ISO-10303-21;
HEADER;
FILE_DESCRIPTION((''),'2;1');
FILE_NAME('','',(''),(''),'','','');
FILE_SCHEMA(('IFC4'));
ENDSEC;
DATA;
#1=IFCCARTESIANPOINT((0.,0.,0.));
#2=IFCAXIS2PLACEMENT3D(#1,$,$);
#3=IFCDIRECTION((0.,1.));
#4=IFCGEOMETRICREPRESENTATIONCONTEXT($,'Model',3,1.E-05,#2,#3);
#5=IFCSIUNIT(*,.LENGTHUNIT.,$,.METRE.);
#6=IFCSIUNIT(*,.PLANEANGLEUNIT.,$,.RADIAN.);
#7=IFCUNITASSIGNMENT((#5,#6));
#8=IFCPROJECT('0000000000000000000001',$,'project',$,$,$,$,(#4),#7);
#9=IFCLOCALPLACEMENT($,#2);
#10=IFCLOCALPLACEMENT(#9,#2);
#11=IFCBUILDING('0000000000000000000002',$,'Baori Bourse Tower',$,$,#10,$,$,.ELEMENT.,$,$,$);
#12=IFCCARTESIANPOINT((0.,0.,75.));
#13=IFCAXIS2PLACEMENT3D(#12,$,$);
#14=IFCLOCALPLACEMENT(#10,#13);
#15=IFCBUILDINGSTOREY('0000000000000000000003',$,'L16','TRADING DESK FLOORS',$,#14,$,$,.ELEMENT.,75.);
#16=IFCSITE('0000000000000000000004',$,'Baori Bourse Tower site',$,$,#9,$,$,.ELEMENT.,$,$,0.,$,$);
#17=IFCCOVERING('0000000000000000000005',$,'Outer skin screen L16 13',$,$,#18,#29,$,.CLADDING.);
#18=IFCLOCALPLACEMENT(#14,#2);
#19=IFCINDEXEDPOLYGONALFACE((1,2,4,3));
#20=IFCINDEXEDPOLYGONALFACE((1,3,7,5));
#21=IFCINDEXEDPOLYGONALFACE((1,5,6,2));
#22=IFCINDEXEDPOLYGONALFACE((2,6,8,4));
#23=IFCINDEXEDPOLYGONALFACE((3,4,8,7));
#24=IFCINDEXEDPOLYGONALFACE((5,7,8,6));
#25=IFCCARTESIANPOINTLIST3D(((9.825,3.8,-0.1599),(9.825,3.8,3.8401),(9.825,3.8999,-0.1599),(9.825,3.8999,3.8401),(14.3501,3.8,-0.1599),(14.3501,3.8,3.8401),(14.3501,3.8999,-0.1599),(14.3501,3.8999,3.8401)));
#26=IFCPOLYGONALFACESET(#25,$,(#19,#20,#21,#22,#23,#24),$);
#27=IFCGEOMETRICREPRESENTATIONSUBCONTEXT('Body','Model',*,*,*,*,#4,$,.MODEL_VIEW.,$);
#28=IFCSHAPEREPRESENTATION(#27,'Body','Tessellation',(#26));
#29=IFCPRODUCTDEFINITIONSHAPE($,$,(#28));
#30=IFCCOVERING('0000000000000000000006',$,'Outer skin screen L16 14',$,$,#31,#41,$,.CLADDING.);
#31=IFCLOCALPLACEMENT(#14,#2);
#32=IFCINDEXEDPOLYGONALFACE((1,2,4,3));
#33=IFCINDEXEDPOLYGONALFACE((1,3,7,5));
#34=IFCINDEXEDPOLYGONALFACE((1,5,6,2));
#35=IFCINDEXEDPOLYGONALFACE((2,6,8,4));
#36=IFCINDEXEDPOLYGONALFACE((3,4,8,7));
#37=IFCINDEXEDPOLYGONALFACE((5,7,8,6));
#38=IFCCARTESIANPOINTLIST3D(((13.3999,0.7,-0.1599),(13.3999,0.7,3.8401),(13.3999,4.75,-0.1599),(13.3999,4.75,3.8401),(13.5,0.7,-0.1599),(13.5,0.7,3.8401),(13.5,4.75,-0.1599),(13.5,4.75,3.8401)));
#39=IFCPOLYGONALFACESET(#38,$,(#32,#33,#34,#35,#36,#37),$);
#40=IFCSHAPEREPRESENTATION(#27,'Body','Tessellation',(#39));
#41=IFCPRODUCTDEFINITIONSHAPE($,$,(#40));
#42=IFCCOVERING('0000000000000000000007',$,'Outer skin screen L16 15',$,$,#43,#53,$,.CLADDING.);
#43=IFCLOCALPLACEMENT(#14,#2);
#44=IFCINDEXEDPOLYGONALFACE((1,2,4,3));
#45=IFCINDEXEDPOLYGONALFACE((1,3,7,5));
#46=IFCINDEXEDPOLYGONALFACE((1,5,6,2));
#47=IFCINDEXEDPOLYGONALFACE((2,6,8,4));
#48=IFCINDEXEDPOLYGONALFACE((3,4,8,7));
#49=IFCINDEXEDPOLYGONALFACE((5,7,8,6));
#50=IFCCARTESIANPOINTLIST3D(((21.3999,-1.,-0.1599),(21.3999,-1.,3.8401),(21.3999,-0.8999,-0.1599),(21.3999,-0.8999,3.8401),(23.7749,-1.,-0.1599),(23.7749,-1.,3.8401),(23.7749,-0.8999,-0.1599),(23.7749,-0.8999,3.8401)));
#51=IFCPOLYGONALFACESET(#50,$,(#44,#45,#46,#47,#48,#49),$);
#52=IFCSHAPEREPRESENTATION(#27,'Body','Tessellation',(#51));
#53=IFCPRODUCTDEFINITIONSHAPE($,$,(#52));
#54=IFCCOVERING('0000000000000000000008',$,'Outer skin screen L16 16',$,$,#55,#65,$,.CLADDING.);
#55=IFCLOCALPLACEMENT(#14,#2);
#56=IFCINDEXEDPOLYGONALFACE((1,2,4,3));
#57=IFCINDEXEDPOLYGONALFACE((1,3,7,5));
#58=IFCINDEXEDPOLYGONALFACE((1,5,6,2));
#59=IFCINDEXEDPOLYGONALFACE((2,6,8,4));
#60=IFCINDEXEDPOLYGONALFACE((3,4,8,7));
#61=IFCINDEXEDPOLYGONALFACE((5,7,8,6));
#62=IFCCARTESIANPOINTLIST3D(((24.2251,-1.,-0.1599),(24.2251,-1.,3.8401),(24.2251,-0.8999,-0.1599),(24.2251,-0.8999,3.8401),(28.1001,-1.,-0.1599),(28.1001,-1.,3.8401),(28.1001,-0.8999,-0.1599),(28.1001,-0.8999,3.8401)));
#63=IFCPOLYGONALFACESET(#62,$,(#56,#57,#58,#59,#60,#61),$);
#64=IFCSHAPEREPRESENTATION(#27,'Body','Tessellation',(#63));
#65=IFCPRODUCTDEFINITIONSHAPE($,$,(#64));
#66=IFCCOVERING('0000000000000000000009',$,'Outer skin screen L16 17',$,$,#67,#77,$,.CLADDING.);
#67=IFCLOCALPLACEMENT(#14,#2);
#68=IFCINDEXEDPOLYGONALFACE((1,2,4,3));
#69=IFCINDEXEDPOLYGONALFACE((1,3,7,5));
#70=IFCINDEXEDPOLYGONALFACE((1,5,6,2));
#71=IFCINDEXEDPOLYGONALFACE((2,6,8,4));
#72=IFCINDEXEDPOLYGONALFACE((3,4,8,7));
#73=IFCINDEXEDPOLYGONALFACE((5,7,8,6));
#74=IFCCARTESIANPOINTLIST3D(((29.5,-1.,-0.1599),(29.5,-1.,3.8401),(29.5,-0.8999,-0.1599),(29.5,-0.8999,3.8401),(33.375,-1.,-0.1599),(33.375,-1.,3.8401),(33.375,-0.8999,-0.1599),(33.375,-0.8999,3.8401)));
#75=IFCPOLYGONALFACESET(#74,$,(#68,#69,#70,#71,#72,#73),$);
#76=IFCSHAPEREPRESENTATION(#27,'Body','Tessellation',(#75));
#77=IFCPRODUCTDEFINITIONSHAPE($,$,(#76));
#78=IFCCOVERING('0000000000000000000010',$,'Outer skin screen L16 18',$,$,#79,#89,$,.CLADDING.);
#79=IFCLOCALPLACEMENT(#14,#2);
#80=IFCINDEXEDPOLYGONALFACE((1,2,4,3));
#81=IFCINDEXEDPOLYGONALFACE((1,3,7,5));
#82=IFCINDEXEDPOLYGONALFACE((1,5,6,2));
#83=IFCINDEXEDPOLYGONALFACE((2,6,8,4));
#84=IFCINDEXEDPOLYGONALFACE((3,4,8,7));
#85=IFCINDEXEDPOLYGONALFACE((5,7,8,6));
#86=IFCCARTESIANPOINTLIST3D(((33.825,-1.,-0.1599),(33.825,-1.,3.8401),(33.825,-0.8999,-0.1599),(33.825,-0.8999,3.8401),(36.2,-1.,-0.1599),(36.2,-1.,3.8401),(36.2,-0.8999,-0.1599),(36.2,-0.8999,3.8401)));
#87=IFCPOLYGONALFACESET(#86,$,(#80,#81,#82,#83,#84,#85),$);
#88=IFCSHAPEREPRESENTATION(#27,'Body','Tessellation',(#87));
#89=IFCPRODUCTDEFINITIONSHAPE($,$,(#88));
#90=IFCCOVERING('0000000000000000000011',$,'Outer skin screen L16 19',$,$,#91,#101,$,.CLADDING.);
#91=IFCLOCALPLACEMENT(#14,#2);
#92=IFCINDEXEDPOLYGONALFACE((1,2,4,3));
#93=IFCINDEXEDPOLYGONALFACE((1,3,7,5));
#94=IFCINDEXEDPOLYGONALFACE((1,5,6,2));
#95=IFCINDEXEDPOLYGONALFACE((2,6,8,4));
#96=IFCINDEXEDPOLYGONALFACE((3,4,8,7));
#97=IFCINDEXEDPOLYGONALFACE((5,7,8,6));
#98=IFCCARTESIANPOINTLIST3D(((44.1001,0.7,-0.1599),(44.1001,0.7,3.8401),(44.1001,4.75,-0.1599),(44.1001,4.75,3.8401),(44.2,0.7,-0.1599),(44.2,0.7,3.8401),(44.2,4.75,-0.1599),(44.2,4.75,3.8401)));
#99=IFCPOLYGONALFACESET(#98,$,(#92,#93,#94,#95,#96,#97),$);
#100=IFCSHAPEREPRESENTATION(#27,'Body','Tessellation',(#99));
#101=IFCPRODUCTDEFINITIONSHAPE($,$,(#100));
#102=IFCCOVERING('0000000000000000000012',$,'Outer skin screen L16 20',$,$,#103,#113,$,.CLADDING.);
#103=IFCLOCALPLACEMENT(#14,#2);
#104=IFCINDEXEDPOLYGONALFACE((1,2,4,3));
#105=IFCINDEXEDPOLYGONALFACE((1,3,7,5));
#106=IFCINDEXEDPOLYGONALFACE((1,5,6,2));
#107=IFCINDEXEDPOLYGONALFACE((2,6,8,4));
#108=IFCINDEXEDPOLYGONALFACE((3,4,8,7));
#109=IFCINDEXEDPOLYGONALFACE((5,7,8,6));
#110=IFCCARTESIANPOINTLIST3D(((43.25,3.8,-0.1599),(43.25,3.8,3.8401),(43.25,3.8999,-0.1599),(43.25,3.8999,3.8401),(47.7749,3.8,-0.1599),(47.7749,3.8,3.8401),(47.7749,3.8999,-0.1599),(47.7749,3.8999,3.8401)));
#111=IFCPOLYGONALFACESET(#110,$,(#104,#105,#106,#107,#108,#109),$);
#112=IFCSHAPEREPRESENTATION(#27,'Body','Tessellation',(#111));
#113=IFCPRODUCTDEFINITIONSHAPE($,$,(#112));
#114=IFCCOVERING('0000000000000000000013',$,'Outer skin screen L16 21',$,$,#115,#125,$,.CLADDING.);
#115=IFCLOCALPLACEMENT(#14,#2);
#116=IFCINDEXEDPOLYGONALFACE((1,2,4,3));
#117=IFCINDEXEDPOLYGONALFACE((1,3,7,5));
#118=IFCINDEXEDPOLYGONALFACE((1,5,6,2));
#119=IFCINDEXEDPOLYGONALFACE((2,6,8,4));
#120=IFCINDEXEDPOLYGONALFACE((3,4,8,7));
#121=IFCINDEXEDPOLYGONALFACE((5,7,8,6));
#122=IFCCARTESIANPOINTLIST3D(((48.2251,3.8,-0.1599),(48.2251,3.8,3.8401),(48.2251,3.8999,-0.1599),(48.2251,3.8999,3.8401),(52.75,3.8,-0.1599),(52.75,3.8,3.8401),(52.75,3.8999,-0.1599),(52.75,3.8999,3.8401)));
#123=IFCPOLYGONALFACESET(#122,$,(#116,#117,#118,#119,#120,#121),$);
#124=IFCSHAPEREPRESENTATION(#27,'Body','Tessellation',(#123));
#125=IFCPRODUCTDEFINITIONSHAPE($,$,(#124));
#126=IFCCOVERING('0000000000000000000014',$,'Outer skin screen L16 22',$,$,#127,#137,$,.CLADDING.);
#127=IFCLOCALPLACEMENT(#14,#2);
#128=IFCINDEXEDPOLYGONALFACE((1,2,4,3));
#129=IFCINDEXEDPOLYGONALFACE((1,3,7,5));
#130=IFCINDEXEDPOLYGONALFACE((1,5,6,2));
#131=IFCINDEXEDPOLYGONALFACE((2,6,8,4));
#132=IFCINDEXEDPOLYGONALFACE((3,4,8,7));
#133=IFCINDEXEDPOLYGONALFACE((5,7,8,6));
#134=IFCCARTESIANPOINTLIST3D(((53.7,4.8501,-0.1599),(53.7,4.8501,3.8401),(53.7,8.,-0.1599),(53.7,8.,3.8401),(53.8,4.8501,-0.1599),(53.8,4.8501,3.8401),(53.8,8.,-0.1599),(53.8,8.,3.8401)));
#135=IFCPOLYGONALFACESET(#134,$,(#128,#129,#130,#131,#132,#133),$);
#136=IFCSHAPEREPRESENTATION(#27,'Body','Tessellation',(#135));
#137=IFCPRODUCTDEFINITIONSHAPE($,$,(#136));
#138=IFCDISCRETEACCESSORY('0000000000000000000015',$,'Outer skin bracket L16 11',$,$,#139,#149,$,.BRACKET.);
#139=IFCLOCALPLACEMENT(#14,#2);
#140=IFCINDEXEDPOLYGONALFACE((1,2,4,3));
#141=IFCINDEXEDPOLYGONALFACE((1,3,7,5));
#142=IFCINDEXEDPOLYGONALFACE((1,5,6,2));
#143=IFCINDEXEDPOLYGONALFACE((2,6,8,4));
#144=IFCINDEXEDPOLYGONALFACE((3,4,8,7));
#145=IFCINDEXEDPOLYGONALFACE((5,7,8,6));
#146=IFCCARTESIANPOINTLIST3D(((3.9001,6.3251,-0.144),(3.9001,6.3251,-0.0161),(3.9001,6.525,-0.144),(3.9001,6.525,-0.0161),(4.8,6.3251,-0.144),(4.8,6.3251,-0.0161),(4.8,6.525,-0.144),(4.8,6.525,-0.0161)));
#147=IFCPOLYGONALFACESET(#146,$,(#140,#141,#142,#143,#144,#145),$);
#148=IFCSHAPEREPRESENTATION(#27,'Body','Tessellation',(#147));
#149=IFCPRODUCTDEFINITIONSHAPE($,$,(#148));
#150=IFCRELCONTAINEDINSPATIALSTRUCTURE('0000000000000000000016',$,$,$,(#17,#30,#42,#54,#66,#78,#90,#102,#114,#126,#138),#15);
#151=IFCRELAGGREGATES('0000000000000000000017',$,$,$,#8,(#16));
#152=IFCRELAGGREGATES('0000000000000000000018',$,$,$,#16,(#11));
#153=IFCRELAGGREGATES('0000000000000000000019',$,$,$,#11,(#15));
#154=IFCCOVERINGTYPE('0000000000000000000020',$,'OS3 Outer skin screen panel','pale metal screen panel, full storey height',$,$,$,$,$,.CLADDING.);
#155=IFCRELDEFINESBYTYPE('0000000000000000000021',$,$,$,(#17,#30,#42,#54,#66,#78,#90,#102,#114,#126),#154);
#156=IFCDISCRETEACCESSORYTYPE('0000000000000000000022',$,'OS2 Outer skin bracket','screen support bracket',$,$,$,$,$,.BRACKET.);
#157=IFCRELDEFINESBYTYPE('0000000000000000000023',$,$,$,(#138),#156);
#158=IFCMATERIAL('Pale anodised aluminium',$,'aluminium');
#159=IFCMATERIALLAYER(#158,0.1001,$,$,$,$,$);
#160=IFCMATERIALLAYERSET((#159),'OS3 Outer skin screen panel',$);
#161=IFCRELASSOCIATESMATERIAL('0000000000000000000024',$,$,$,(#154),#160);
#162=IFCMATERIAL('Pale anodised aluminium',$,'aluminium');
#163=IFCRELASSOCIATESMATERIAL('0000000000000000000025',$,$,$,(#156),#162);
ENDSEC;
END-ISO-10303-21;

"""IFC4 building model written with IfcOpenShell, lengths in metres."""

from ifc_helpers import new_model, si_unit, direction, frame, origin, origin_2d, place, context, subcontext, project, spatial, polyline, rectangle, outline, extrude, material, layer, layer_set, type_object, element, save


model = new_model("IFC4")

# Units and contexts
model_context = context("Model", 3, precision=1e-05, world=origin(), true_north=direction((0.0, 1.0)))
body_context = subcontext(model_context, "Body", "Model", "MODEL_VIEW")
ifc_project = project(units=[si_unit("LENGTHUNIT", "METRE"), si_unit("PLANEANGLEUNIT", "RADIAN")], contexts=[model_context])

# Site, building, storey
site_placement = place(None, origin())
site = spatial("IfcSite", under=ifc_project, at=site_placement, Name="Baori Bourse Tower site", CompositionType="ELEMENT", RefElevation=0.0)
building_placement = place(site_placement, origin())
building = spatial("IfcBuilding", under=site, at=building_placement, Name="Baori Bourse Tower", CompositionType="ELEMENT")
storey_placement = place(building_placement, frame((0.0, 0.0, 75.0)))
storey = spatial("IfcBuildingStorey", under=building, at=storey_placement, Name="L16", Description="TRADING DESK FLOORS", CompositionType="ELEMENT", Elevation=75.0)

# Coverings
ifc_material_1 = material(Name="Pale anodised aluminium", Category="aluminium")
ifc_layer_1 = layer(ifc_material_1, 0.1001)
ifc_layer_set_1 = layer_set([ifc_layer_1], Name="OS3 Outer skin screen panel")
covering_type = type_object("IfcCoveringType", Name="OS3 Outer skin screen panel", Description="pale metal screen panel, full storey height", PredefinedType="CLADDING", material=ifc_layer_set_1)
covering_1_placement = place(storey_placement, frame((0.0, 0.0, -0.1599)))
element("IfcCovering", 1, at=covering_1_placement, inside=storey, type_object=covering_type, Name="Outer skin screen L16 13", PredefinedType="CLADDING", context=body_context, shape_type="SweptSolid", body=[
    extrude(outline(polyline([(14.3501, 3.8999), (9.825, 3.8999), (9.825, 3.8), (14.3501, 3.8), (14.3501, 3.8999)])), origin(), (0.0, 0.0, 1.0), 4.0),
])
covering_2_placement = place(storey_placement, frame((0.0, 0.0, -0.1599)))
element("IfcCovering", 2, at=covering_2_placement, inside=storey, type_object=covering_type, Name="Outer skin screen L16 14", PredefinedType="CLADDING", context=body_context, shape_type="SweptSolid", body=[
    extrude(outline(polyline([(13.5, 0.7), (13.5, 4.75), (13.3999, 4.75), (13.3999, 0.7), (13.5, 0.7)])), origin(), (0.0, 0.0, 1.0), 4.0),
])
covering_3_placement = place(storey_placement, frame((0.0, 0.0, -0.1599)))
element("IfcCovering", 3, at=covering_3_placement, inside=storey, type_object=covering_type, Name="Outer skin screen L16 15", PredefinedType="CLADDING", context=body_context, shape_type="SweptSolid", body=[
    extrude(outline(polyline([(23.7749, -0.8999), (21.3999, -0.8999), (21.3999, -1.0), (23.7749, -1.0), (23.7749, -0.8999)])), origin(), (0.0, 0.0, 1.0), 4.0),
])
covering_4_placement = place(storey_placement, frame((0.0, 0.0, -0.1599)))
element("IfcCovering", 4, at=covering_4_placement, inside=storey, type_object=covering_type, Name="Outer skin screen L16 16", PredefinedType="CLADDING", context=body_context, shape_type="SweptSolid", body=[
    extrude(outline(polyline([(28.1001, -0.8999), (24.2251, -0.8999), (24.2251, -1.0), (28.1001, -1.0), (28.1001, -0.8999)])), origin(), (0.0, 0.0, 1.0), 4.0),
])
covering_5_placement = place(storey_placement, frame((0.0, 0.0, -0.1599)))
element("IfcCovering", 5, at=covering_5_placement, inside=storey, type_object=covering_type, Name="Outer skin screen L16 17", PredefinedType="CLADDING", context=body_context, shape_type="SweptSolid", body=[
    extrude(outline(polyline([(33.375, -0.8999), (29.5, -0.8999), (29.5, -1.0), (33.375, -1.0), (33.375, -0.8999)])), origin(), (0.0, 0.0, 1.0), 4.0),
])
covering_6_placement = place(storey_placement, frame((0.0, 0.0, -0.1599)))
element("IfcCovering", 6, at=covering_6_placement, inside=storey, type_object=covering_type, Name="Outer skin screen L16 18", PredefinedType="CLADDING", context=body_context, shape_type="SweptSolid", body=[
    extrude(outline(polyline([(36.2, -0.8999), (33.825, -0.8999), (33.825, -1.0), (36.2, -1.0), (36.2, -0.8999)])), origin(), (0.0, 0.0, 1.0), 4.0),
])
covering_7_placement = place(storey_placement, frame((0.0, 0.0, -0.1599)))
element("IfcCovering", 7, at=covering_7_placement, inside=storey, type_object=covering_type, Name="Outer skin screen L16 19", PredefinedType="CLADDING", context=body_context, shape_type="SweptSolid", body=[
    extrude(outline(polyline([(44.1001, 4.75), (44.1001, 0.7), (44.2, 0.7), (44.2, 4.75), (44.1001, 4.75)])), origin(), (0.0, 0.0, 1.0), 4.0),
])
covering_8_placement = place(storey_placement, frame((0.0, 0.0, -0.1599)))
element("IfcCovering", 8, at=covering_8_placement, inside=storey, type_object=covering_type, Name="Outer skin screen L16 20", PredefinedType="CLADDING", context=body_context, shape_type="SweptSolid", body=[
    extrude(outline(polyline([(47.7749, 3.8999), (43.25, 3.8999), (43.25, 3.8), (47.7749, 3.8), (47.7749, 3.8999)])), origin(), (0.0, 0.0, 1.0), 4.0),
])
covering_9_placement = place(storey_placement, frame((0.0, 0.0, -0.1599)))
element("IfcCovering", 9, at=covering_9_placement, inside=storey, type_object=covering_type, Name="Outer skin screen L16 21", PredefinedType="CLADDING", context=body_context, shape_type="SweptSolid", body=[
    extrude(outline(polyline([(52.75, 3.8999), (48.2251, 3.8999), (48.2251, 3.8), (52.75, 3.8), (52.75, 3.8999)])), origin(), (0.0, 0.0, 1.0), 4.0),
])
covering_10_placement = place(storey_placement, frame((0.0, 0.0, -0.1599)))
element("IfcCovering", 10, at=covering_10_placement, inside=storey, type_object=covering_type, Name="Outer skin screen L16 22", PredefinedType="CLADDING", context=body_context, shape_type="SweptSolid", body=[
    extrude(outline(polyline([(53.7, 8.0), (53.7, 4.8501), (53.8, 4.8501), (53.8, 8.0), (53.7, 8.0)])), origin(), (0.0, 0.0, 1.0), 4.0),
])

# Discrete accessory
ifc_material_2 = material(Name="Pale anodised aluminium", Category="aluminium")
discrete_accessory_type = type_object("IfcDiscreteAccessoryType", Name="OS2 Outer skin bracket", Description="screen support bracket", PredefinedType="BRACKET", material=ifc_material_2)
discrete_accessory_placement = place(storey_placement, frame((4.3501, 6.425, -0.144), z_axis=(0.0, 0.0, 1.0), x_axis=(0.0, -1.0, 0.0)))
element("IfcDiscreteAccessory", 11, at=discrete_accessory_placement, inside=storey, type_object=discrete_accessory_type, Name="Outer skin bracket L16 11", PredefinedType="BRACKET", context=body_context, shape_type="SweptSolid", body=[
    extrude(rectangle(XDim=0.2, YDim=0.8999, at=origin_2d()), origin(), (0.0, 0.0, 1.0), 0.1279),
])

save(model, "model.ifc")
